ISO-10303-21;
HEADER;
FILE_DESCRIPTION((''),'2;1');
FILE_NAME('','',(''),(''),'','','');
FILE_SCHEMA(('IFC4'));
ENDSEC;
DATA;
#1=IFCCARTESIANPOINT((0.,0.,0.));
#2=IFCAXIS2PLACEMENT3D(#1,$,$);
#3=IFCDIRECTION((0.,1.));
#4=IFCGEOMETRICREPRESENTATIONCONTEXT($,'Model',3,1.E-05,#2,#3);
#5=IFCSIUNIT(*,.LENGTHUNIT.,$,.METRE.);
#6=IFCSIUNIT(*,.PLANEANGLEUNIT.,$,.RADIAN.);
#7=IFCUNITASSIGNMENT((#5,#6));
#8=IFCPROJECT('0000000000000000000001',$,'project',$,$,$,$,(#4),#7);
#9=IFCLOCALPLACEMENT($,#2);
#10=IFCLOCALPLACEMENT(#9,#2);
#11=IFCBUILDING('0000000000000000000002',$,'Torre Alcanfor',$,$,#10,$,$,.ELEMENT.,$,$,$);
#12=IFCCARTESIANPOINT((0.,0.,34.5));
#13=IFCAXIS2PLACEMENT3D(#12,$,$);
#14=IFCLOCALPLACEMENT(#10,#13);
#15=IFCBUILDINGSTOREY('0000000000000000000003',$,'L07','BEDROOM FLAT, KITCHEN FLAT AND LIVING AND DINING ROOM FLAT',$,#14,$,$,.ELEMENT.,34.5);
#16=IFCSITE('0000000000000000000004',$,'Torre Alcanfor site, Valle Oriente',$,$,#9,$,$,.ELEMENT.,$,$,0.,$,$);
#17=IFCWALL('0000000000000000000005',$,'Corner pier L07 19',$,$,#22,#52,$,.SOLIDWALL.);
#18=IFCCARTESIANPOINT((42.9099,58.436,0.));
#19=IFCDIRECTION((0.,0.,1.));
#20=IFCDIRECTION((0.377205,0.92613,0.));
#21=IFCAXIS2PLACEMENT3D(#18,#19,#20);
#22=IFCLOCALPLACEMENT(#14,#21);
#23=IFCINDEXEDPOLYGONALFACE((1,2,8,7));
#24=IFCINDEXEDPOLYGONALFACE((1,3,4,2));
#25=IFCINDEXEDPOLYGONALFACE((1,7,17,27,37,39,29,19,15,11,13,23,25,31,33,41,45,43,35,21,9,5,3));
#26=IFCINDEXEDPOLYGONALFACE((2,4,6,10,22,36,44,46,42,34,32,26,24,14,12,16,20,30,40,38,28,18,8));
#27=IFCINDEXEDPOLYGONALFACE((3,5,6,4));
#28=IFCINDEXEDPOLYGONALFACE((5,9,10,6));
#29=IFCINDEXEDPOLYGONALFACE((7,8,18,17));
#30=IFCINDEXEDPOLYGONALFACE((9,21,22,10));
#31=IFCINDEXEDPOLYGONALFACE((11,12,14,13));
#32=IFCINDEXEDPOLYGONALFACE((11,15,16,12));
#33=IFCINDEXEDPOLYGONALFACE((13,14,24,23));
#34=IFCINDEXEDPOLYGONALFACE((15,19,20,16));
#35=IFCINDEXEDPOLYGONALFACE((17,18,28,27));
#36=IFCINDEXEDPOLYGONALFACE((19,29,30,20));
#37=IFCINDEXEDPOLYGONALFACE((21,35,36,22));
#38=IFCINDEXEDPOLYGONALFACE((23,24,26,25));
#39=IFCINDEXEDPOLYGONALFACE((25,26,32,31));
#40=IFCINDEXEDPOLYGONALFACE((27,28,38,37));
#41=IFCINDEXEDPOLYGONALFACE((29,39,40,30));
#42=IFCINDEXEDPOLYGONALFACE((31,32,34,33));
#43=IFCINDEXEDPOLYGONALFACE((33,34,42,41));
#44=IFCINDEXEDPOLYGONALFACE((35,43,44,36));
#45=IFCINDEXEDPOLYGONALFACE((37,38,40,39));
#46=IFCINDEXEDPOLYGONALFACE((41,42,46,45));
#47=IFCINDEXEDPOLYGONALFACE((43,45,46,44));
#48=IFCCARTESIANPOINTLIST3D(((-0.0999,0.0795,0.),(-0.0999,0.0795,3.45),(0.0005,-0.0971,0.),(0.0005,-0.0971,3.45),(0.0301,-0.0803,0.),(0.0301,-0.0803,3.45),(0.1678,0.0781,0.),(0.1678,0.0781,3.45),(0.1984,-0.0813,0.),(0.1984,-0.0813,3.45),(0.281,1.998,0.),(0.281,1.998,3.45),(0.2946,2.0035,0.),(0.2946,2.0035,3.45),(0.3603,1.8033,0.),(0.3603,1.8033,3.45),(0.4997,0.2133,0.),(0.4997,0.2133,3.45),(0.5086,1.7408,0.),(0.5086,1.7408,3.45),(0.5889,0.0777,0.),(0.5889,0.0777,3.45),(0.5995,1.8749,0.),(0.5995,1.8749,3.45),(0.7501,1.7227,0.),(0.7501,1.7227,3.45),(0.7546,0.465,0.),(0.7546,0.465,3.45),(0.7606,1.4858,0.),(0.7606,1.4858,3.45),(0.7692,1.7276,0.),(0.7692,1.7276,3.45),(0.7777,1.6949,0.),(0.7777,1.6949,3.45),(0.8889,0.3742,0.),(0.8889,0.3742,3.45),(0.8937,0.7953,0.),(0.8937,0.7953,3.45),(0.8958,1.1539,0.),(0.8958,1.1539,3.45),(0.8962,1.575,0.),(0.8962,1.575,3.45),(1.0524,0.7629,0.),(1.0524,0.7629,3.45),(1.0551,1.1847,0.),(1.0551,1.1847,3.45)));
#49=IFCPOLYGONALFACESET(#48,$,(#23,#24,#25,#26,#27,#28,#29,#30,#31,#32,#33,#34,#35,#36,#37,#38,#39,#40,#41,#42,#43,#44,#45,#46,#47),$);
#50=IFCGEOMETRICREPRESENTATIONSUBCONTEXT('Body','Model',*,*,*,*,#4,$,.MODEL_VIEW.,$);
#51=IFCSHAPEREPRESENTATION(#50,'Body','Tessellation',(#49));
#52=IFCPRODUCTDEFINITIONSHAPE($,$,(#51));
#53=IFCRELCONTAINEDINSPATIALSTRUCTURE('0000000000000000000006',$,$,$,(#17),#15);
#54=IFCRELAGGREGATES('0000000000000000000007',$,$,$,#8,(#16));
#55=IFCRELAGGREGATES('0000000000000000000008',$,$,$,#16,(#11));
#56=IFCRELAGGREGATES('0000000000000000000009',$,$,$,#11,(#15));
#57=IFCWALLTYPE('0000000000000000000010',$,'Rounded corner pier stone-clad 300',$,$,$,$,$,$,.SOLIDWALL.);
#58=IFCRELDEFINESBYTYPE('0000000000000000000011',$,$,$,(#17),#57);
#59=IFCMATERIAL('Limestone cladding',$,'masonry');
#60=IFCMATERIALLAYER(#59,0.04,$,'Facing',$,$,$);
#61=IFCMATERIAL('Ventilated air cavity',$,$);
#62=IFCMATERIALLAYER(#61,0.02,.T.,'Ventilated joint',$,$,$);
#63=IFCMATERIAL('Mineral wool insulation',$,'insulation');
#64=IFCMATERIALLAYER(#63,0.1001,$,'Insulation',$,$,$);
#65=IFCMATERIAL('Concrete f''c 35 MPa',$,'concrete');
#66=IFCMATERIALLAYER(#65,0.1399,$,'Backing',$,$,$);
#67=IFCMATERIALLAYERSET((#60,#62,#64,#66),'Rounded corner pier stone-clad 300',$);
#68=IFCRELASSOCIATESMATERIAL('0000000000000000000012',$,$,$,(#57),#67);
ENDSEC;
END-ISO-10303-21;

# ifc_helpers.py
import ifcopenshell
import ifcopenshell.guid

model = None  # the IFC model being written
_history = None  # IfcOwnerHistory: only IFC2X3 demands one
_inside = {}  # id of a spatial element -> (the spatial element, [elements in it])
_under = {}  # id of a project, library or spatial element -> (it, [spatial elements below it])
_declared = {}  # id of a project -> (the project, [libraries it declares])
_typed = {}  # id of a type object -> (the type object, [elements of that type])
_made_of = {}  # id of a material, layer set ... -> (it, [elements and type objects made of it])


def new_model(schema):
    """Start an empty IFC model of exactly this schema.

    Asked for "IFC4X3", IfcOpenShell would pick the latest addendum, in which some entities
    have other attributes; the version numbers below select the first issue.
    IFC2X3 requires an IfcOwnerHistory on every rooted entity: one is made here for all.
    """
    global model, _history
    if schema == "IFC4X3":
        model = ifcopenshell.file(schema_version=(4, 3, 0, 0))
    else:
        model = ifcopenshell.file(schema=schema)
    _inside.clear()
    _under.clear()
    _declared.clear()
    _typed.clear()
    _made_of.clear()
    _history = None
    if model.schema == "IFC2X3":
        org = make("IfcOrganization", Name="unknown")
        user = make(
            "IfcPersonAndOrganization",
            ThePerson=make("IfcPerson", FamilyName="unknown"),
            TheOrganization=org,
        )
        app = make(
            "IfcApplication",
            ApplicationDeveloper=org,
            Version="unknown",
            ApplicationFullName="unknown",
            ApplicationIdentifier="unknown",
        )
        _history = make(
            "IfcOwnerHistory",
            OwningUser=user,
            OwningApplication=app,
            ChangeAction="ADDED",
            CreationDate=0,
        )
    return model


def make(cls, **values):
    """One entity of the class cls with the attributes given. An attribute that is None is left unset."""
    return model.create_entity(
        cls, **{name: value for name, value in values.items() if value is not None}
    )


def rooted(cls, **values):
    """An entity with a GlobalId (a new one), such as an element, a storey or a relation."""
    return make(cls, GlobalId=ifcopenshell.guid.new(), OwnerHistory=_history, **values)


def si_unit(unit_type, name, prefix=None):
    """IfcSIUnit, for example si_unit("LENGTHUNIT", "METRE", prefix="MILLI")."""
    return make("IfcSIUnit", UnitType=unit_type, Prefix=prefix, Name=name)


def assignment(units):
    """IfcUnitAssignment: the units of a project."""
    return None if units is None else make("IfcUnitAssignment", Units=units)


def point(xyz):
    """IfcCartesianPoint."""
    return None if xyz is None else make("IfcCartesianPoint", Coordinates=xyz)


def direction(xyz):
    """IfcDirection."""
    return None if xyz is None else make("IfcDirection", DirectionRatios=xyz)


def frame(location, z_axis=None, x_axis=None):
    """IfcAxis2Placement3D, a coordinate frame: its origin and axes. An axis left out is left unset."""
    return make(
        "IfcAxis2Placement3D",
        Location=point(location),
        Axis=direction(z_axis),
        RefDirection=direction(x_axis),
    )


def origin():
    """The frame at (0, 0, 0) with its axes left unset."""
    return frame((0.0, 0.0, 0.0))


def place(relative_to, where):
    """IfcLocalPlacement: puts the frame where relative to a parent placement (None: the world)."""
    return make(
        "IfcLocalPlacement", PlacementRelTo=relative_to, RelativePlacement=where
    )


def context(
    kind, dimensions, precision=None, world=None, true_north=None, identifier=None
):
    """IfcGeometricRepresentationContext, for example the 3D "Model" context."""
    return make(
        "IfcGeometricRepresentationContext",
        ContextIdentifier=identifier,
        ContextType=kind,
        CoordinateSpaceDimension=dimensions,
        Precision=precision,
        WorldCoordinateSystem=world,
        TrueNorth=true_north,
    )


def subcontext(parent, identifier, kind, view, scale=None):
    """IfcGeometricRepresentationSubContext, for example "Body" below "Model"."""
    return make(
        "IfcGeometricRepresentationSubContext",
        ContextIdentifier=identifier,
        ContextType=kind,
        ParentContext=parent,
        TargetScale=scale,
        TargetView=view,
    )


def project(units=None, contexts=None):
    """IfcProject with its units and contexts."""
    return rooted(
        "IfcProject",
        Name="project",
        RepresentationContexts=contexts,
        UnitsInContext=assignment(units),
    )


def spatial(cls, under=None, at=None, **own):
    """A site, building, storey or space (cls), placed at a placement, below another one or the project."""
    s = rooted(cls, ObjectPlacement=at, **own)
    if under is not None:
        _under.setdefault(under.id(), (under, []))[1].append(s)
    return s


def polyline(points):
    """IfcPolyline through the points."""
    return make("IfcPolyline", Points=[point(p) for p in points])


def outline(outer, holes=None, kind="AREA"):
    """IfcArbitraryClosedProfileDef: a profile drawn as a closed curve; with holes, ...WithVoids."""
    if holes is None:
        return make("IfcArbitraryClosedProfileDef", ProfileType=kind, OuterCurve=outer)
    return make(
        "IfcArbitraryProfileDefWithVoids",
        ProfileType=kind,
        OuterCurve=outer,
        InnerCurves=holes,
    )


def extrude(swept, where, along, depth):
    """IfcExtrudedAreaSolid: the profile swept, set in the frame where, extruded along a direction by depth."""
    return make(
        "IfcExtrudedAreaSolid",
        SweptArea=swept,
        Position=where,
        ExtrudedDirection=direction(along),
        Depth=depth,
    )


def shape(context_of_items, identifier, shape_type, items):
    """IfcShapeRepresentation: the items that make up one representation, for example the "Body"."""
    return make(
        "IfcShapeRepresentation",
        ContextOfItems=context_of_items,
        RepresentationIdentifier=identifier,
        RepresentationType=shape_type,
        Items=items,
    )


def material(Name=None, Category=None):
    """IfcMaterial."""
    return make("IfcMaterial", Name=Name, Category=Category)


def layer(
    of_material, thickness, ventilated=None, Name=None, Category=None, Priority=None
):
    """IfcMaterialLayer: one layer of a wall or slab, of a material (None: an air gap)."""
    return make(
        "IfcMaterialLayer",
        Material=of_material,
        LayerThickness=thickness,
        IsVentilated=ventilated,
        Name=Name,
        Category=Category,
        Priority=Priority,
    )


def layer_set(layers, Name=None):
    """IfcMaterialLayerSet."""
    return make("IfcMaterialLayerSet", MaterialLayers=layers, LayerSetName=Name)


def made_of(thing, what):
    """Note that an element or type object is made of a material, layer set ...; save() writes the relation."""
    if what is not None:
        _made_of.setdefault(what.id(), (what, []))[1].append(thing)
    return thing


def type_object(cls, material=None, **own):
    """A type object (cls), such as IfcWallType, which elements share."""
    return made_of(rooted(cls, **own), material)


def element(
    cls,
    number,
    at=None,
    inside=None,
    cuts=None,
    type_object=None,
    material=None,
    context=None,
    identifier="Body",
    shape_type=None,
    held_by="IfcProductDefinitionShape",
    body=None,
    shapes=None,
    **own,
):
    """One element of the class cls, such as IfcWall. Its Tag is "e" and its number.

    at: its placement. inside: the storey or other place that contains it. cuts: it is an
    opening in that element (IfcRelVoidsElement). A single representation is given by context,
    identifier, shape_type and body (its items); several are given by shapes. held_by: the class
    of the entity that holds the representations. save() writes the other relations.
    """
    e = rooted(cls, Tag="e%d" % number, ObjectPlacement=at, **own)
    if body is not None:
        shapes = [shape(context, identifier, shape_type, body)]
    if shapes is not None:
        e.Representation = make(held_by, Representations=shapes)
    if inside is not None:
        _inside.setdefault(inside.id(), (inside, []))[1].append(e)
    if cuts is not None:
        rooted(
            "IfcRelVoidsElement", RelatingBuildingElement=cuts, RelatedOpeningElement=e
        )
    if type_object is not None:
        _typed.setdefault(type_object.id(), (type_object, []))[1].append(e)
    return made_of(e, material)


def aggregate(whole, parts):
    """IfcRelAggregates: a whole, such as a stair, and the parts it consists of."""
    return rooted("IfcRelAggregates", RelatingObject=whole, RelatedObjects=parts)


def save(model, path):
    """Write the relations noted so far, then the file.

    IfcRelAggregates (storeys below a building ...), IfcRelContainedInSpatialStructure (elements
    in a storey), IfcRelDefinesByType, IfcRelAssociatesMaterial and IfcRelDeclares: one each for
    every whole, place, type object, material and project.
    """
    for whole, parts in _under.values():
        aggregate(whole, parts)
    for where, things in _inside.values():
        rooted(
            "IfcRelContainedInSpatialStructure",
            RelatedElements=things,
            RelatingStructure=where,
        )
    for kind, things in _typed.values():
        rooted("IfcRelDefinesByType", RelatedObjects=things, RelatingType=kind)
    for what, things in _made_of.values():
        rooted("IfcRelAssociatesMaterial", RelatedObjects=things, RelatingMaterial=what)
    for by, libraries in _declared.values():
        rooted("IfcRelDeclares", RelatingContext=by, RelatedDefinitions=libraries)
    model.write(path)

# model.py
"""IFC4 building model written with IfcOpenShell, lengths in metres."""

from ifc_helpers import new_model, si_unit, direction, frame, origin, place, context, subcontext, project, spatial, polyline, outline, extrude, material, layer, layer_set, type_object, element, save


model = new_model("IFC4")

# Units and contexts
model_context = context("Model", 3, precision=1e-05, world=origin(), true_north=direction((0.0, 1.0)))
body_context = subcontext(model_context, "Body", "Model", "MODEL_VIEW")
ifc_project = project(units=[si_unit("LENGTHUNIT", "METRE"), si_unit("PLANEANGLEUNIT", "RADIAN")], contexts=[model_context])

# Site, building, storey
site_placement = place(None, origin())
site = spatial("IfcSite", under=ifc_project, at=site_placement, Name="Torre Alcanfor site, Valle Oriente", CompositionType="ELEMENT", RefElevation=0.0)
building_placement = place(site_placement, origin())
building = spatial("IfcBuilding", under=site, at=building_placement, Name="Torre Alcanfor", CompositionType="ELEMENT")
storey_placement = place(building_placement, frame((0.0, 0.0, 34.5)))
storey = spatial("IfcBuildingStorey", under=building, at=storey_placement, Name="L07", Description="BEDROOM FLAT, KITCHEN FLAT AND LIVING AND DINING ROOM FLAT", CompositionType="ELEMENT", Elevation=34.5)

# Shared definitions
ifc_material_1 = material(Name="Limestone cladding", Category="masonry")
ifc_material_2 = material(Name="Ventilated air cavity")
ifc_material_3 = material(Name="Mineral wool insulation", Category="insulation")
ifc_material_4 = material(Name="Concrete f'c 35 MPa", Category="concrete")

# Wall
ifc_layer_1 = layer(ifc_material_1, 0.04, Name="Facing")
ifc_layer_2 = layer(ifc_material_2, 0.02, ventilated=True, Name="Ventilated joint")
ifc_layer_3 = layer(ifc_material_3, 0.1001, Name="Insulation")
ifc_layer_4 = layer(ifc_material_4, 0.1399, Name="Backing")
ifc_layer_set_1 = layer_set([ifc_layer_1, ifc_layer_2, ifc_layer_3, ifc_layer_4], Name="Rounded corner pier stone-clad 300")
wall_type_1 = type_object("IfcWallType", Name="Rounded corner pier stone-clad 300", PredefinedType="SOLIDWALL", material=ifc_layer_set_1)
wall_1_placement = place(storey_placement, frame((42.9099, 58.436, 0.0), z_axis=(0.0, 0.0, 1.0), x_axis=(0.377205, 0.92613, 0.0)))
element("IfcWall", 1, at=wall_1_placement, inside=storey, type_object=wall_type_1, Name="Corner pier L07 19", PredefinedType="SOLIDWALL", context=body_context, shape_type="SweptSolid", body=[
    extrude(outline(polyline([(0.7692, 1.7276), (0.7501, 1.7227), (0.5995, 1.8749), (0.2946, 2.0035), (0.281, 1.998), (0.3603, 1.8033), (0.5086, 1.7408), (0.7606, 1.4858), (0.8958, 1.1539), (0.8937, 0.7953), (0.7546, 0.465), (0.4997, 0.2133), (0.1678, 0.0781), (-0.0999, 0.0795), (0.0005, -0.0971), (0.0301, -0.0803), (0.1984, -0.0813), (0.5889, 0.0777), (0.8889, 0.3742), (1.0524, 0.7629), (1.0551, 1.1847), (0.8962, 1.575), (0.7777, 1.6949), (0.7692, 1.7276)])), origin(), (0.0, 0.0, 1.0), 3.45),
])

save(model, "model.ifc")
